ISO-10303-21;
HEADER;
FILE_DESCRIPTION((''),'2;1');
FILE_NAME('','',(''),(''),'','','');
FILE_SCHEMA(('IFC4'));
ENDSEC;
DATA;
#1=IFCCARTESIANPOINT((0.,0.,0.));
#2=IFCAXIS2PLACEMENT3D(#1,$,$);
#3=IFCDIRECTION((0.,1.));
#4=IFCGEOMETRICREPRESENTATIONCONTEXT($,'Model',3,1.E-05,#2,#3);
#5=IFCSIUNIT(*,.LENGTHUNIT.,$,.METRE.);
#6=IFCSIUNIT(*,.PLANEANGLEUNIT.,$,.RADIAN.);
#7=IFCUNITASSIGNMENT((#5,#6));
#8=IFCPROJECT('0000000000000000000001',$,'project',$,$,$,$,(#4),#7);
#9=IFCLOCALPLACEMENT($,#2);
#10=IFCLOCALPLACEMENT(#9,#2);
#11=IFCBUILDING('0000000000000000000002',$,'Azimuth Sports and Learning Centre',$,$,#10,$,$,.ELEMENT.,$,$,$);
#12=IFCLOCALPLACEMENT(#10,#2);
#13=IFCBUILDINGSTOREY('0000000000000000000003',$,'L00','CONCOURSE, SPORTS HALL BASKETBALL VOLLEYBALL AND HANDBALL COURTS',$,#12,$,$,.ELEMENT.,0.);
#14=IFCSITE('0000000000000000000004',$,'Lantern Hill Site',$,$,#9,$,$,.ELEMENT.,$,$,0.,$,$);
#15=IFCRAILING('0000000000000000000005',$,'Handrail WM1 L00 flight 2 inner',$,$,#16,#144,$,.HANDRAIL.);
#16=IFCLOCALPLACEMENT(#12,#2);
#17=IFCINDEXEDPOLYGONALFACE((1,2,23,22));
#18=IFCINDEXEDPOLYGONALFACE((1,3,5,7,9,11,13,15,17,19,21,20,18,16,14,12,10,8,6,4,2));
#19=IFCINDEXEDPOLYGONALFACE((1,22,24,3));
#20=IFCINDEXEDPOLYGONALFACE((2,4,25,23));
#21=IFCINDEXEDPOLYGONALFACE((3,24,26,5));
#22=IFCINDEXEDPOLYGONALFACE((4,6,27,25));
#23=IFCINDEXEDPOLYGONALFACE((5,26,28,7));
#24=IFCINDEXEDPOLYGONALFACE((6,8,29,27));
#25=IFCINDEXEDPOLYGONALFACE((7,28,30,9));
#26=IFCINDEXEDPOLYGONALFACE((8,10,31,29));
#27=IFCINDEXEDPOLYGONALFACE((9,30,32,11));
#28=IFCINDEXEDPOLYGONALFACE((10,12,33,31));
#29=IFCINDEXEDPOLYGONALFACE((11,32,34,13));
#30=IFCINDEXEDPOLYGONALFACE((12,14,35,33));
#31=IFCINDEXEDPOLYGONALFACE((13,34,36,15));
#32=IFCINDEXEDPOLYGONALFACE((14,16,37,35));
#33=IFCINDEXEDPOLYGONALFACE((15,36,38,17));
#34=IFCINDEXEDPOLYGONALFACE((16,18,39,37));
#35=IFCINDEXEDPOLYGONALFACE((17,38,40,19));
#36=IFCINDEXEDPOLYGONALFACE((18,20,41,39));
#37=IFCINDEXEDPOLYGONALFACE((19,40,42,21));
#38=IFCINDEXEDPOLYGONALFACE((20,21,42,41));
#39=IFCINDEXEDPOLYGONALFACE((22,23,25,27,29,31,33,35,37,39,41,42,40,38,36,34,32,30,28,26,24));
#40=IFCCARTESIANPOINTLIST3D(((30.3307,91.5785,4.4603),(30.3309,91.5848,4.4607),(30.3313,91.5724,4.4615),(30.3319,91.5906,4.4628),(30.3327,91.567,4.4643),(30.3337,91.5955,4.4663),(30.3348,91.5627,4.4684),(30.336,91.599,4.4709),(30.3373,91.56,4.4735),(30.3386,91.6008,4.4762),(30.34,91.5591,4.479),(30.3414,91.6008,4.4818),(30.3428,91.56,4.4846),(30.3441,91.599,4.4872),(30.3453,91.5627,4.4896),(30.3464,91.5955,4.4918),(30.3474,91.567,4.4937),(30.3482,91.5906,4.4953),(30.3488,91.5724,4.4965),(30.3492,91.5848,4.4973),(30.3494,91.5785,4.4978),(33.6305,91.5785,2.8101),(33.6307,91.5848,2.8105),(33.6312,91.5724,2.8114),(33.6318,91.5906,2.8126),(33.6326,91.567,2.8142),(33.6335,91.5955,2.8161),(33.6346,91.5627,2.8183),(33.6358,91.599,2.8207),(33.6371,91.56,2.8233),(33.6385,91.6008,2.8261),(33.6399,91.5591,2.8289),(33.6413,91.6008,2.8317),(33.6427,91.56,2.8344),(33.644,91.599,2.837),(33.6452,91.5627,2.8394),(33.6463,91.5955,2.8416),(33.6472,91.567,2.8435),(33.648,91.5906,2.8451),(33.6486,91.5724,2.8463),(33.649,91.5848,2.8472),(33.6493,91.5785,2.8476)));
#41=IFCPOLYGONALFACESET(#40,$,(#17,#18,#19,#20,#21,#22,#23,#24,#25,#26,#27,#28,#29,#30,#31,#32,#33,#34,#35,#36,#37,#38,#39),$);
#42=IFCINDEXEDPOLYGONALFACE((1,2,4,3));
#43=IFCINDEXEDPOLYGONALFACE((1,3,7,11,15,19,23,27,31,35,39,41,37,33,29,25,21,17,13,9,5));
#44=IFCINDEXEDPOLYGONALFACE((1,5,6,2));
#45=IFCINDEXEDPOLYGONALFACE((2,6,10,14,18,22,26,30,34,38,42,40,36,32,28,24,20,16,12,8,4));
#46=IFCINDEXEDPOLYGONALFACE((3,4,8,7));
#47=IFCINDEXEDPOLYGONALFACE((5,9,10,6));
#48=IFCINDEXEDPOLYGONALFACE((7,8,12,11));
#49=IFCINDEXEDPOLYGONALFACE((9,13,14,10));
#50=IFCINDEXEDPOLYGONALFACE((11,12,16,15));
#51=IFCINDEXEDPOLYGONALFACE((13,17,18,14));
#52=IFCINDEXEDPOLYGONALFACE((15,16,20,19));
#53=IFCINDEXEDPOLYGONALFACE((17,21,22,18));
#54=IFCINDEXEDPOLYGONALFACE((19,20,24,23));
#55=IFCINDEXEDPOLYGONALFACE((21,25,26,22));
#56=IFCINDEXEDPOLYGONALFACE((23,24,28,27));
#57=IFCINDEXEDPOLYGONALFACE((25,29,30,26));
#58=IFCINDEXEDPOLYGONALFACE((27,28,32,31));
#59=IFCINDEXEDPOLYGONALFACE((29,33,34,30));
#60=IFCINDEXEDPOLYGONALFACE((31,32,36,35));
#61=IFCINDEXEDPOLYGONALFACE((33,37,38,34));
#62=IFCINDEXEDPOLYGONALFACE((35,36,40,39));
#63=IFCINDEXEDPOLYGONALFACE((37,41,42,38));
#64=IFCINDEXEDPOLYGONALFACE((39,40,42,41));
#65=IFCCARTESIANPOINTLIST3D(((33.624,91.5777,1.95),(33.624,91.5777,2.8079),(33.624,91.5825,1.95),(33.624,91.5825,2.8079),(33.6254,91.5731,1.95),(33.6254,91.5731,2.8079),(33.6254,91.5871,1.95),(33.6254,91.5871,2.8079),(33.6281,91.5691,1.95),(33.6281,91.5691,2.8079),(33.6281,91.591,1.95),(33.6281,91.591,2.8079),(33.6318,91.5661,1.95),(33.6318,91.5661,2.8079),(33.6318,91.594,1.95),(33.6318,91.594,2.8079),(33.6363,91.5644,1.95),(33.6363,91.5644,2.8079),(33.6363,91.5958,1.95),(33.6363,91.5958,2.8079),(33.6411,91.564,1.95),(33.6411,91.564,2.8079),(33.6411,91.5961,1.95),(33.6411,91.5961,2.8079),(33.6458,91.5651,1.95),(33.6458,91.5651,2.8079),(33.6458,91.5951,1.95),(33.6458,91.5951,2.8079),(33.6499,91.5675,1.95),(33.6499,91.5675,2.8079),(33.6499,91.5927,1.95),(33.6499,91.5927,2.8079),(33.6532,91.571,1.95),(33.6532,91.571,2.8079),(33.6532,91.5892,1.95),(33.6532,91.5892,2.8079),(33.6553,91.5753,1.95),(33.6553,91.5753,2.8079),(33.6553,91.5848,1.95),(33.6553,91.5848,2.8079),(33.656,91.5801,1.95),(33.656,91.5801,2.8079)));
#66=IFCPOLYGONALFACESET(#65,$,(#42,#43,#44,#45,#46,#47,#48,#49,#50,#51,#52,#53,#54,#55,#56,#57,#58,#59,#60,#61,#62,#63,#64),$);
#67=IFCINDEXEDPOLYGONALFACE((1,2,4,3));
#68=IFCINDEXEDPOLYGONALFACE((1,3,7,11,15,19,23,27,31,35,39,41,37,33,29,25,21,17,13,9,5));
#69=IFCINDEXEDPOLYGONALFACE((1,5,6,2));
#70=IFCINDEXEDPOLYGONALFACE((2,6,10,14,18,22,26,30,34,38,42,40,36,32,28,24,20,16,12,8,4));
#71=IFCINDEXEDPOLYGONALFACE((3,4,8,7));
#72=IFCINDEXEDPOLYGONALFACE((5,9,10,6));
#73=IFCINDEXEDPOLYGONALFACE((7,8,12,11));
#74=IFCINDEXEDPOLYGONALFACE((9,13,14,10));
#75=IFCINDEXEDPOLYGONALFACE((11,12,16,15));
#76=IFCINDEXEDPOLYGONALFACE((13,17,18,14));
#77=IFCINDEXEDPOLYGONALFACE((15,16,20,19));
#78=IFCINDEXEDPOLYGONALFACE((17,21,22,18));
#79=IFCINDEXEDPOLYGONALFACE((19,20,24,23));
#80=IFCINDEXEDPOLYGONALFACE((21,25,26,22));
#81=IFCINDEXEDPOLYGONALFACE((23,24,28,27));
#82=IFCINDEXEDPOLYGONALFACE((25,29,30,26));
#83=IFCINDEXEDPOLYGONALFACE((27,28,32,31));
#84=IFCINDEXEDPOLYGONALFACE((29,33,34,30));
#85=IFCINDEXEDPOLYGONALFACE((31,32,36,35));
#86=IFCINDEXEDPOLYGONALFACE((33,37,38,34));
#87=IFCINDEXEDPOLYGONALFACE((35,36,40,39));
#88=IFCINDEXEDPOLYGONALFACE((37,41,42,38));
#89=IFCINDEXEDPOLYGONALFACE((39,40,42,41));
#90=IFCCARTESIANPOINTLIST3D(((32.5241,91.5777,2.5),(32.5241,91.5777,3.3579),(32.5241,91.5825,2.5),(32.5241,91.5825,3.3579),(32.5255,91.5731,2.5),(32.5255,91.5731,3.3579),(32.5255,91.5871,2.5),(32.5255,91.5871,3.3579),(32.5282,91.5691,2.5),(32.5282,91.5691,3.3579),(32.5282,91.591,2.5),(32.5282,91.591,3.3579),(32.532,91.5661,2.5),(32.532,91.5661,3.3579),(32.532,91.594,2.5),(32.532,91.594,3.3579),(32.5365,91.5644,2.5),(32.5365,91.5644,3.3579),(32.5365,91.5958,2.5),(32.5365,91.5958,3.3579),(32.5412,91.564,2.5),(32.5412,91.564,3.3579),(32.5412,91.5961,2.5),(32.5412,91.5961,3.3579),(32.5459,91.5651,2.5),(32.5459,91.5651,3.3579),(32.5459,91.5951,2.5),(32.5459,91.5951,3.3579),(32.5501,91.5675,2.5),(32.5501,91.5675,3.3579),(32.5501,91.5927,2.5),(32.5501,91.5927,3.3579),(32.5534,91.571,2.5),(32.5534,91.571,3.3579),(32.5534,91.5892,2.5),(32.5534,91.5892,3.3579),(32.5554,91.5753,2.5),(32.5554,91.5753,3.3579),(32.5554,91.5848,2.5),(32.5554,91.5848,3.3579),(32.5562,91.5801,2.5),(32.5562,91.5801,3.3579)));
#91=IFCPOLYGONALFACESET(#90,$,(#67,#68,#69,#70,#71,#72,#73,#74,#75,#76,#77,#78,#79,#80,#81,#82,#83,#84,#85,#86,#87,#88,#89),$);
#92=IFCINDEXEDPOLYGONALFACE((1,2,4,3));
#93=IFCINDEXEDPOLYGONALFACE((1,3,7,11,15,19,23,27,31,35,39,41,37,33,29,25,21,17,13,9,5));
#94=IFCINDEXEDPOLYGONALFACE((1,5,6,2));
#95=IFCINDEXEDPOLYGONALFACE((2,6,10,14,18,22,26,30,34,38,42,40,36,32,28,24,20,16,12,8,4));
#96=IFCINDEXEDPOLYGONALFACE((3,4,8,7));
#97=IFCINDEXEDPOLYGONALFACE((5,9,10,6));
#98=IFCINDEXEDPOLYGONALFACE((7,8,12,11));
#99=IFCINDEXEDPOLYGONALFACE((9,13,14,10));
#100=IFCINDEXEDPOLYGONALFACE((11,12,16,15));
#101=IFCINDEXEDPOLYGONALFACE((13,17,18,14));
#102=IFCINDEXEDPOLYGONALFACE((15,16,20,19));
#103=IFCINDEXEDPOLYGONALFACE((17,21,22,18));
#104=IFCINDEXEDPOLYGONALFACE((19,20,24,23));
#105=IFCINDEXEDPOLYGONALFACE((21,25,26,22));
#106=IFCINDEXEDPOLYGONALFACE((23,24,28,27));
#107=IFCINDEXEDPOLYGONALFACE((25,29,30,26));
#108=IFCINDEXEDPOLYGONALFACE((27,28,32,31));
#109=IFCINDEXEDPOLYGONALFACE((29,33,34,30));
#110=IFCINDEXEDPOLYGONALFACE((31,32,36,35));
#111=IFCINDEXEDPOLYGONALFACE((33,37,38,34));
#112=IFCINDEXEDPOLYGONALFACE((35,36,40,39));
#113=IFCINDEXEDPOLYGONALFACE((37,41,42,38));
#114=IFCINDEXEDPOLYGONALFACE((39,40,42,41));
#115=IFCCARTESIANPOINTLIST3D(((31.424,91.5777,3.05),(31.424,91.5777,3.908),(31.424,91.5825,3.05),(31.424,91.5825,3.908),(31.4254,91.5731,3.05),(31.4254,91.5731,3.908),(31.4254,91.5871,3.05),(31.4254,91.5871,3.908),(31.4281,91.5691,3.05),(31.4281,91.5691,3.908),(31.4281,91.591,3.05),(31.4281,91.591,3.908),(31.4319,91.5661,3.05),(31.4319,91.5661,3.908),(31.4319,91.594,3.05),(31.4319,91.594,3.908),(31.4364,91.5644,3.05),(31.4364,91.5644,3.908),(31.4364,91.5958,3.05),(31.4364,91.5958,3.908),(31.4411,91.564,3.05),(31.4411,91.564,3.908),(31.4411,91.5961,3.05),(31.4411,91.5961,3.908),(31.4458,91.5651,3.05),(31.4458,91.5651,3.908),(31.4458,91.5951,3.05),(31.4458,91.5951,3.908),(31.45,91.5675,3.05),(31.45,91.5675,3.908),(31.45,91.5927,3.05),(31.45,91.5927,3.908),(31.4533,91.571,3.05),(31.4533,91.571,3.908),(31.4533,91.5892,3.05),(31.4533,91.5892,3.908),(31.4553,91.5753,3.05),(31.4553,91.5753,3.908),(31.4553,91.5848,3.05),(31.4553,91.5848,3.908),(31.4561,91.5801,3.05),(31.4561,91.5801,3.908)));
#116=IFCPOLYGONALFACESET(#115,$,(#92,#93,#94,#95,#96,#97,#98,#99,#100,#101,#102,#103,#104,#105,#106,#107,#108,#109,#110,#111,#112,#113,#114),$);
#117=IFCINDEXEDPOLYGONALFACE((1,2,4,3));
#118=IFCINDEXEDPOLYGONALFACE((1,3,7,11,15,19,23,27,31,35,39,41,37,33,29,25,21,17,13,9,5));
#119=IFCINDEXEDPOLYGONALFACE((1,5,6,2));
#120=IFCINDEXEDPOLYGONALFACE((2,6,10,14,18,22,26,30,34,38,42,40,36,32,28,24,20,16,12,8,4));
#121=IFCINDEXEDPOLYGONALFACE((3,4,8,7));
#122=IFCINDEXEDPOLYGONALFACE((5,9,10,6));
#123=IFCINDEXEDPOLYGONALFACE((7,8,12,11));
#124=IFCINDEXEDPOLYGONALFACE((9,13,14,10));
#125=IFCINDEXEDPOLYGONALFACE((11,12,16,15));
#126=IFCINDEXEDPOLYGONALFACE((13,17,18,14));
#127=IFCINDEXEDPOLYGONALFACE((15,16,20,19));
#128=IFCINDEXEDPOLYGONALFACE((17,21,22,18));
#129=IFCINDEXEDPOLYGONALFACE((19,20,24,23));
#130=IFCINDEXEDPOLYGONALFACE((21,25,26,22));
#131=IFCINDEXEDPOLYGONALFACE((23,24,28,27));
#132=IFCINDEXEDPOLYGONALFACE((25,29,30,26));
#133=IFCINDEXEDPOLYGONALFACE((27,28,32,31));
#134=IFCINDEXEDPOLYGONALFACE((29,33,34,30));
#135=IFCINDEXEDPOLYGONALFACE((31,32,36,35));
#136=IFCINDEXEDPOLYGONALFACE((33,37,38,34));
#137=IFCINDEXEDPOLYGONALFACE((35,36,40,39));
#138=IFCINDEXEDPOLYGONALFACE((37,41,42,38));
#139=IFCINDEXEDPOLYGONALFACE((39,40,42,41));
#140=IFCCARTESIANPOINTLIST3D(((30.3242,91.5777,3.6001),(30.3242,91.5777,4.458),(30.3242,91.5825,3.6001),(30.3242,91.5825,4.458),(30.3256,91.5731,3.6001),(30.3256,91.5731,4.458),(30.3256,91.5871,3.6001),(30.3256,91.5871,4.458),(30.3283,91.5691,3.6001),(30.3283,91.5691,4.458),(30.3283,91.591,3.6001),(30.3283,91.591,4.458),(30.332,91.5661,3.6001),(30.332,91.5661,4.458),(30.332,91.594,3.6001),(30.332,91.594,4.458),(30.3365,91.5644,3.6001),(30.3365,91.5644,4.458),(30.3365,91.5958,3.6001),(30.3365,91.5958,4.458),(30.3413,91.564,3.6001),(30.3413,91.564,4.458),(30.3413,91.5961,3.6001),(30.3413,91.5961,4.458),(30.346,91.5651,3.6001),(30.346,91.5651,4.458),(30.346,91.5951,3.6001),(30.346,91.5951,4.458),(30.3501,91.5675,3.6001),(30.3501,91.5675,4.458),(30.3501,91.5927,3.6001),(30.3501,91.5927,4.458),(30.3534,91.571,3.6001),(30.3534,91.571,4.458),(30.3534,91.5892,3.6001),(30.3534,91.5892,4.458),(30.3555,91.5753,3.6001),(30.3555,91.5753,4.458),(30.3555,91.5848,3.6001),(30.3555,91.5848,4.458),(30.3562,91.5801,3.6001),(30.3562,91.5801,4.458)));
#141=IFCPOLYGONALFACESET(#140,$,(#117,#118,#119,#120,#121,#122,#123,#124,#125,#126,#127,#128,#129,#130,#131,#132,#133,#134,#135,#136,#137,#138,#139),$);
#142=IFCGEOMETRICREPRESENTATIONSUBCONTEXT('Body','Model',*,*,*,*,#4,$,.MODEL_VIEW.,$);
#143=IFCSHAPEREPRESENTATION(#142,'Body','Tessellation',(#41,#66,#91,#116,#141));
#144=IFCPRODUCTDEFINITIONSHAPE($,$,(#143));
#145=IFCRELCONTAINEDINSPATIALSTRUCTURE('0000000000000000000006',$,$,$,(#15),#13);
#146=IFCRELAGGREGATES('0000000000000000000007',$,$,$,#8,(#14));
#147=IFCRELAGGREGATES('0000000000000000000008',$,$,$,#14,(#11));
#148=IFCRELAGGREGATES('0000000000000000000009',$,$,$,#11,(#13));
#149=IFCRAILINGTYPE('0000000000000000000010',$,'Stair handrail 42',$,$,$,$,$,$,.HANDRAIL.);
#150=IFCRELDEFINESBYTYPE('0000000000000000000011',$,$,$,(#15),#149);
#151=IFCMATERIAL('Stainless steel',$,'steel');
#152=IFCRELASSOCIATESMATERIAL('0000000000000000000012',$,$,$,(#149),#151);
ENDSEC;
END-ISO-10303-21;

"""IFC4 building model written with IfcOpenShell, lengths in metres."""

from ifc_helpers import new_model, si_unit, direction, frame, origin, origin_2d, place, context, subcontext, project, spatial, circle, extrude, material, type_object, element, save


model = new_model("IFC4")

# Units and contexts
model_context = context("Model", 3, precision=1e-05, world=origin(), true_north=direction((0.0, 1.0)))
body_context = subcontext(model_context, "Body", "Model", "MODEL_VIEW")
ifc_project = project(units=[si_unit("LENGTHUNIT", "METRE"), si_unit("PLANEANGLEUNIT", "RADIAN")], contexts=[model_context])

# Site, building, storey
site_placement = place(None, origin())
site = spatial("IfcSite", under=ifc_project, at=site_placement, Name="Lantern Hill Site", CompositionType="ELEMENT", RefElevation=0.0)
building_placement = place(site_placement, origin())
building = spatial("IfcBuilding", under=site, at=building_placement, Name="Azimuth Sports and Learning Centre", CompositionType="ELEMENT")
storey_placement = place(building_placement, origin())
storey = spatial("IfcBuildingStorey", under=building, at=storey_placement, Name="L00", Description="CONCOURSE, SPORTS HALL BASKETBALL VOLLEYBALL AND HANDBALL COURTS", CompositionType="ELEMENT", Elevation=0.0)

# Railing
ifc_material_1 = material(Name="Stainless steel", Category="steel")
railing_type_1 = type_object("IfcRailingType", Name="Stair handrail 42", PredefinedType="HANDRAIL", material=ifc_material_1)
for number, where, name in (
    (1, (33.6399, 91.5801, 1.95), "Handrail WM1 L00 flight 2 inner"),
):
    element("IfcRailing", number, at=place(storey_placement, frame(where)), inside=storey, type_object=railing_type_1, Name=name, PredefinedType="HANDRAIL", context=body_context, shape_type="SweptSolid", body=[
        extrude(circle(Radius=0.021, at=origin_2d()), frame((0.0, 0.0, 0.8789), z_axis=(-0.894401, 0.0, 0.447267), x_axis=(0.0, -1.0, 0.0)), (0.0, 0.0, 1.0), 3.6895),
        extrude(circle(Radius=0.0161, at=origin_2d()), origin(), (0.0, 0.0, 1.0), 0.8579),
        extrude(circle(Radius=0.0161, at=origin_2d()), frame((-1.0999, 0.0, 0.55)), (0.0, 0.0, 1.0), 0.8579),
        extrude(circle(Radius=0.0161, at=origin_2d()), frame((-2.2, 0.0, 1.1001)), (0.0, 0.0, 1.0), 0.8579),
        extrude(circle(Radius=0.0161, at=origin_2d()), frame((-3.2998, 0.0, 1.6501)), (0.0, 0.0, 1.0), 0.8579),
    ])

save(model, "model.ifc")
